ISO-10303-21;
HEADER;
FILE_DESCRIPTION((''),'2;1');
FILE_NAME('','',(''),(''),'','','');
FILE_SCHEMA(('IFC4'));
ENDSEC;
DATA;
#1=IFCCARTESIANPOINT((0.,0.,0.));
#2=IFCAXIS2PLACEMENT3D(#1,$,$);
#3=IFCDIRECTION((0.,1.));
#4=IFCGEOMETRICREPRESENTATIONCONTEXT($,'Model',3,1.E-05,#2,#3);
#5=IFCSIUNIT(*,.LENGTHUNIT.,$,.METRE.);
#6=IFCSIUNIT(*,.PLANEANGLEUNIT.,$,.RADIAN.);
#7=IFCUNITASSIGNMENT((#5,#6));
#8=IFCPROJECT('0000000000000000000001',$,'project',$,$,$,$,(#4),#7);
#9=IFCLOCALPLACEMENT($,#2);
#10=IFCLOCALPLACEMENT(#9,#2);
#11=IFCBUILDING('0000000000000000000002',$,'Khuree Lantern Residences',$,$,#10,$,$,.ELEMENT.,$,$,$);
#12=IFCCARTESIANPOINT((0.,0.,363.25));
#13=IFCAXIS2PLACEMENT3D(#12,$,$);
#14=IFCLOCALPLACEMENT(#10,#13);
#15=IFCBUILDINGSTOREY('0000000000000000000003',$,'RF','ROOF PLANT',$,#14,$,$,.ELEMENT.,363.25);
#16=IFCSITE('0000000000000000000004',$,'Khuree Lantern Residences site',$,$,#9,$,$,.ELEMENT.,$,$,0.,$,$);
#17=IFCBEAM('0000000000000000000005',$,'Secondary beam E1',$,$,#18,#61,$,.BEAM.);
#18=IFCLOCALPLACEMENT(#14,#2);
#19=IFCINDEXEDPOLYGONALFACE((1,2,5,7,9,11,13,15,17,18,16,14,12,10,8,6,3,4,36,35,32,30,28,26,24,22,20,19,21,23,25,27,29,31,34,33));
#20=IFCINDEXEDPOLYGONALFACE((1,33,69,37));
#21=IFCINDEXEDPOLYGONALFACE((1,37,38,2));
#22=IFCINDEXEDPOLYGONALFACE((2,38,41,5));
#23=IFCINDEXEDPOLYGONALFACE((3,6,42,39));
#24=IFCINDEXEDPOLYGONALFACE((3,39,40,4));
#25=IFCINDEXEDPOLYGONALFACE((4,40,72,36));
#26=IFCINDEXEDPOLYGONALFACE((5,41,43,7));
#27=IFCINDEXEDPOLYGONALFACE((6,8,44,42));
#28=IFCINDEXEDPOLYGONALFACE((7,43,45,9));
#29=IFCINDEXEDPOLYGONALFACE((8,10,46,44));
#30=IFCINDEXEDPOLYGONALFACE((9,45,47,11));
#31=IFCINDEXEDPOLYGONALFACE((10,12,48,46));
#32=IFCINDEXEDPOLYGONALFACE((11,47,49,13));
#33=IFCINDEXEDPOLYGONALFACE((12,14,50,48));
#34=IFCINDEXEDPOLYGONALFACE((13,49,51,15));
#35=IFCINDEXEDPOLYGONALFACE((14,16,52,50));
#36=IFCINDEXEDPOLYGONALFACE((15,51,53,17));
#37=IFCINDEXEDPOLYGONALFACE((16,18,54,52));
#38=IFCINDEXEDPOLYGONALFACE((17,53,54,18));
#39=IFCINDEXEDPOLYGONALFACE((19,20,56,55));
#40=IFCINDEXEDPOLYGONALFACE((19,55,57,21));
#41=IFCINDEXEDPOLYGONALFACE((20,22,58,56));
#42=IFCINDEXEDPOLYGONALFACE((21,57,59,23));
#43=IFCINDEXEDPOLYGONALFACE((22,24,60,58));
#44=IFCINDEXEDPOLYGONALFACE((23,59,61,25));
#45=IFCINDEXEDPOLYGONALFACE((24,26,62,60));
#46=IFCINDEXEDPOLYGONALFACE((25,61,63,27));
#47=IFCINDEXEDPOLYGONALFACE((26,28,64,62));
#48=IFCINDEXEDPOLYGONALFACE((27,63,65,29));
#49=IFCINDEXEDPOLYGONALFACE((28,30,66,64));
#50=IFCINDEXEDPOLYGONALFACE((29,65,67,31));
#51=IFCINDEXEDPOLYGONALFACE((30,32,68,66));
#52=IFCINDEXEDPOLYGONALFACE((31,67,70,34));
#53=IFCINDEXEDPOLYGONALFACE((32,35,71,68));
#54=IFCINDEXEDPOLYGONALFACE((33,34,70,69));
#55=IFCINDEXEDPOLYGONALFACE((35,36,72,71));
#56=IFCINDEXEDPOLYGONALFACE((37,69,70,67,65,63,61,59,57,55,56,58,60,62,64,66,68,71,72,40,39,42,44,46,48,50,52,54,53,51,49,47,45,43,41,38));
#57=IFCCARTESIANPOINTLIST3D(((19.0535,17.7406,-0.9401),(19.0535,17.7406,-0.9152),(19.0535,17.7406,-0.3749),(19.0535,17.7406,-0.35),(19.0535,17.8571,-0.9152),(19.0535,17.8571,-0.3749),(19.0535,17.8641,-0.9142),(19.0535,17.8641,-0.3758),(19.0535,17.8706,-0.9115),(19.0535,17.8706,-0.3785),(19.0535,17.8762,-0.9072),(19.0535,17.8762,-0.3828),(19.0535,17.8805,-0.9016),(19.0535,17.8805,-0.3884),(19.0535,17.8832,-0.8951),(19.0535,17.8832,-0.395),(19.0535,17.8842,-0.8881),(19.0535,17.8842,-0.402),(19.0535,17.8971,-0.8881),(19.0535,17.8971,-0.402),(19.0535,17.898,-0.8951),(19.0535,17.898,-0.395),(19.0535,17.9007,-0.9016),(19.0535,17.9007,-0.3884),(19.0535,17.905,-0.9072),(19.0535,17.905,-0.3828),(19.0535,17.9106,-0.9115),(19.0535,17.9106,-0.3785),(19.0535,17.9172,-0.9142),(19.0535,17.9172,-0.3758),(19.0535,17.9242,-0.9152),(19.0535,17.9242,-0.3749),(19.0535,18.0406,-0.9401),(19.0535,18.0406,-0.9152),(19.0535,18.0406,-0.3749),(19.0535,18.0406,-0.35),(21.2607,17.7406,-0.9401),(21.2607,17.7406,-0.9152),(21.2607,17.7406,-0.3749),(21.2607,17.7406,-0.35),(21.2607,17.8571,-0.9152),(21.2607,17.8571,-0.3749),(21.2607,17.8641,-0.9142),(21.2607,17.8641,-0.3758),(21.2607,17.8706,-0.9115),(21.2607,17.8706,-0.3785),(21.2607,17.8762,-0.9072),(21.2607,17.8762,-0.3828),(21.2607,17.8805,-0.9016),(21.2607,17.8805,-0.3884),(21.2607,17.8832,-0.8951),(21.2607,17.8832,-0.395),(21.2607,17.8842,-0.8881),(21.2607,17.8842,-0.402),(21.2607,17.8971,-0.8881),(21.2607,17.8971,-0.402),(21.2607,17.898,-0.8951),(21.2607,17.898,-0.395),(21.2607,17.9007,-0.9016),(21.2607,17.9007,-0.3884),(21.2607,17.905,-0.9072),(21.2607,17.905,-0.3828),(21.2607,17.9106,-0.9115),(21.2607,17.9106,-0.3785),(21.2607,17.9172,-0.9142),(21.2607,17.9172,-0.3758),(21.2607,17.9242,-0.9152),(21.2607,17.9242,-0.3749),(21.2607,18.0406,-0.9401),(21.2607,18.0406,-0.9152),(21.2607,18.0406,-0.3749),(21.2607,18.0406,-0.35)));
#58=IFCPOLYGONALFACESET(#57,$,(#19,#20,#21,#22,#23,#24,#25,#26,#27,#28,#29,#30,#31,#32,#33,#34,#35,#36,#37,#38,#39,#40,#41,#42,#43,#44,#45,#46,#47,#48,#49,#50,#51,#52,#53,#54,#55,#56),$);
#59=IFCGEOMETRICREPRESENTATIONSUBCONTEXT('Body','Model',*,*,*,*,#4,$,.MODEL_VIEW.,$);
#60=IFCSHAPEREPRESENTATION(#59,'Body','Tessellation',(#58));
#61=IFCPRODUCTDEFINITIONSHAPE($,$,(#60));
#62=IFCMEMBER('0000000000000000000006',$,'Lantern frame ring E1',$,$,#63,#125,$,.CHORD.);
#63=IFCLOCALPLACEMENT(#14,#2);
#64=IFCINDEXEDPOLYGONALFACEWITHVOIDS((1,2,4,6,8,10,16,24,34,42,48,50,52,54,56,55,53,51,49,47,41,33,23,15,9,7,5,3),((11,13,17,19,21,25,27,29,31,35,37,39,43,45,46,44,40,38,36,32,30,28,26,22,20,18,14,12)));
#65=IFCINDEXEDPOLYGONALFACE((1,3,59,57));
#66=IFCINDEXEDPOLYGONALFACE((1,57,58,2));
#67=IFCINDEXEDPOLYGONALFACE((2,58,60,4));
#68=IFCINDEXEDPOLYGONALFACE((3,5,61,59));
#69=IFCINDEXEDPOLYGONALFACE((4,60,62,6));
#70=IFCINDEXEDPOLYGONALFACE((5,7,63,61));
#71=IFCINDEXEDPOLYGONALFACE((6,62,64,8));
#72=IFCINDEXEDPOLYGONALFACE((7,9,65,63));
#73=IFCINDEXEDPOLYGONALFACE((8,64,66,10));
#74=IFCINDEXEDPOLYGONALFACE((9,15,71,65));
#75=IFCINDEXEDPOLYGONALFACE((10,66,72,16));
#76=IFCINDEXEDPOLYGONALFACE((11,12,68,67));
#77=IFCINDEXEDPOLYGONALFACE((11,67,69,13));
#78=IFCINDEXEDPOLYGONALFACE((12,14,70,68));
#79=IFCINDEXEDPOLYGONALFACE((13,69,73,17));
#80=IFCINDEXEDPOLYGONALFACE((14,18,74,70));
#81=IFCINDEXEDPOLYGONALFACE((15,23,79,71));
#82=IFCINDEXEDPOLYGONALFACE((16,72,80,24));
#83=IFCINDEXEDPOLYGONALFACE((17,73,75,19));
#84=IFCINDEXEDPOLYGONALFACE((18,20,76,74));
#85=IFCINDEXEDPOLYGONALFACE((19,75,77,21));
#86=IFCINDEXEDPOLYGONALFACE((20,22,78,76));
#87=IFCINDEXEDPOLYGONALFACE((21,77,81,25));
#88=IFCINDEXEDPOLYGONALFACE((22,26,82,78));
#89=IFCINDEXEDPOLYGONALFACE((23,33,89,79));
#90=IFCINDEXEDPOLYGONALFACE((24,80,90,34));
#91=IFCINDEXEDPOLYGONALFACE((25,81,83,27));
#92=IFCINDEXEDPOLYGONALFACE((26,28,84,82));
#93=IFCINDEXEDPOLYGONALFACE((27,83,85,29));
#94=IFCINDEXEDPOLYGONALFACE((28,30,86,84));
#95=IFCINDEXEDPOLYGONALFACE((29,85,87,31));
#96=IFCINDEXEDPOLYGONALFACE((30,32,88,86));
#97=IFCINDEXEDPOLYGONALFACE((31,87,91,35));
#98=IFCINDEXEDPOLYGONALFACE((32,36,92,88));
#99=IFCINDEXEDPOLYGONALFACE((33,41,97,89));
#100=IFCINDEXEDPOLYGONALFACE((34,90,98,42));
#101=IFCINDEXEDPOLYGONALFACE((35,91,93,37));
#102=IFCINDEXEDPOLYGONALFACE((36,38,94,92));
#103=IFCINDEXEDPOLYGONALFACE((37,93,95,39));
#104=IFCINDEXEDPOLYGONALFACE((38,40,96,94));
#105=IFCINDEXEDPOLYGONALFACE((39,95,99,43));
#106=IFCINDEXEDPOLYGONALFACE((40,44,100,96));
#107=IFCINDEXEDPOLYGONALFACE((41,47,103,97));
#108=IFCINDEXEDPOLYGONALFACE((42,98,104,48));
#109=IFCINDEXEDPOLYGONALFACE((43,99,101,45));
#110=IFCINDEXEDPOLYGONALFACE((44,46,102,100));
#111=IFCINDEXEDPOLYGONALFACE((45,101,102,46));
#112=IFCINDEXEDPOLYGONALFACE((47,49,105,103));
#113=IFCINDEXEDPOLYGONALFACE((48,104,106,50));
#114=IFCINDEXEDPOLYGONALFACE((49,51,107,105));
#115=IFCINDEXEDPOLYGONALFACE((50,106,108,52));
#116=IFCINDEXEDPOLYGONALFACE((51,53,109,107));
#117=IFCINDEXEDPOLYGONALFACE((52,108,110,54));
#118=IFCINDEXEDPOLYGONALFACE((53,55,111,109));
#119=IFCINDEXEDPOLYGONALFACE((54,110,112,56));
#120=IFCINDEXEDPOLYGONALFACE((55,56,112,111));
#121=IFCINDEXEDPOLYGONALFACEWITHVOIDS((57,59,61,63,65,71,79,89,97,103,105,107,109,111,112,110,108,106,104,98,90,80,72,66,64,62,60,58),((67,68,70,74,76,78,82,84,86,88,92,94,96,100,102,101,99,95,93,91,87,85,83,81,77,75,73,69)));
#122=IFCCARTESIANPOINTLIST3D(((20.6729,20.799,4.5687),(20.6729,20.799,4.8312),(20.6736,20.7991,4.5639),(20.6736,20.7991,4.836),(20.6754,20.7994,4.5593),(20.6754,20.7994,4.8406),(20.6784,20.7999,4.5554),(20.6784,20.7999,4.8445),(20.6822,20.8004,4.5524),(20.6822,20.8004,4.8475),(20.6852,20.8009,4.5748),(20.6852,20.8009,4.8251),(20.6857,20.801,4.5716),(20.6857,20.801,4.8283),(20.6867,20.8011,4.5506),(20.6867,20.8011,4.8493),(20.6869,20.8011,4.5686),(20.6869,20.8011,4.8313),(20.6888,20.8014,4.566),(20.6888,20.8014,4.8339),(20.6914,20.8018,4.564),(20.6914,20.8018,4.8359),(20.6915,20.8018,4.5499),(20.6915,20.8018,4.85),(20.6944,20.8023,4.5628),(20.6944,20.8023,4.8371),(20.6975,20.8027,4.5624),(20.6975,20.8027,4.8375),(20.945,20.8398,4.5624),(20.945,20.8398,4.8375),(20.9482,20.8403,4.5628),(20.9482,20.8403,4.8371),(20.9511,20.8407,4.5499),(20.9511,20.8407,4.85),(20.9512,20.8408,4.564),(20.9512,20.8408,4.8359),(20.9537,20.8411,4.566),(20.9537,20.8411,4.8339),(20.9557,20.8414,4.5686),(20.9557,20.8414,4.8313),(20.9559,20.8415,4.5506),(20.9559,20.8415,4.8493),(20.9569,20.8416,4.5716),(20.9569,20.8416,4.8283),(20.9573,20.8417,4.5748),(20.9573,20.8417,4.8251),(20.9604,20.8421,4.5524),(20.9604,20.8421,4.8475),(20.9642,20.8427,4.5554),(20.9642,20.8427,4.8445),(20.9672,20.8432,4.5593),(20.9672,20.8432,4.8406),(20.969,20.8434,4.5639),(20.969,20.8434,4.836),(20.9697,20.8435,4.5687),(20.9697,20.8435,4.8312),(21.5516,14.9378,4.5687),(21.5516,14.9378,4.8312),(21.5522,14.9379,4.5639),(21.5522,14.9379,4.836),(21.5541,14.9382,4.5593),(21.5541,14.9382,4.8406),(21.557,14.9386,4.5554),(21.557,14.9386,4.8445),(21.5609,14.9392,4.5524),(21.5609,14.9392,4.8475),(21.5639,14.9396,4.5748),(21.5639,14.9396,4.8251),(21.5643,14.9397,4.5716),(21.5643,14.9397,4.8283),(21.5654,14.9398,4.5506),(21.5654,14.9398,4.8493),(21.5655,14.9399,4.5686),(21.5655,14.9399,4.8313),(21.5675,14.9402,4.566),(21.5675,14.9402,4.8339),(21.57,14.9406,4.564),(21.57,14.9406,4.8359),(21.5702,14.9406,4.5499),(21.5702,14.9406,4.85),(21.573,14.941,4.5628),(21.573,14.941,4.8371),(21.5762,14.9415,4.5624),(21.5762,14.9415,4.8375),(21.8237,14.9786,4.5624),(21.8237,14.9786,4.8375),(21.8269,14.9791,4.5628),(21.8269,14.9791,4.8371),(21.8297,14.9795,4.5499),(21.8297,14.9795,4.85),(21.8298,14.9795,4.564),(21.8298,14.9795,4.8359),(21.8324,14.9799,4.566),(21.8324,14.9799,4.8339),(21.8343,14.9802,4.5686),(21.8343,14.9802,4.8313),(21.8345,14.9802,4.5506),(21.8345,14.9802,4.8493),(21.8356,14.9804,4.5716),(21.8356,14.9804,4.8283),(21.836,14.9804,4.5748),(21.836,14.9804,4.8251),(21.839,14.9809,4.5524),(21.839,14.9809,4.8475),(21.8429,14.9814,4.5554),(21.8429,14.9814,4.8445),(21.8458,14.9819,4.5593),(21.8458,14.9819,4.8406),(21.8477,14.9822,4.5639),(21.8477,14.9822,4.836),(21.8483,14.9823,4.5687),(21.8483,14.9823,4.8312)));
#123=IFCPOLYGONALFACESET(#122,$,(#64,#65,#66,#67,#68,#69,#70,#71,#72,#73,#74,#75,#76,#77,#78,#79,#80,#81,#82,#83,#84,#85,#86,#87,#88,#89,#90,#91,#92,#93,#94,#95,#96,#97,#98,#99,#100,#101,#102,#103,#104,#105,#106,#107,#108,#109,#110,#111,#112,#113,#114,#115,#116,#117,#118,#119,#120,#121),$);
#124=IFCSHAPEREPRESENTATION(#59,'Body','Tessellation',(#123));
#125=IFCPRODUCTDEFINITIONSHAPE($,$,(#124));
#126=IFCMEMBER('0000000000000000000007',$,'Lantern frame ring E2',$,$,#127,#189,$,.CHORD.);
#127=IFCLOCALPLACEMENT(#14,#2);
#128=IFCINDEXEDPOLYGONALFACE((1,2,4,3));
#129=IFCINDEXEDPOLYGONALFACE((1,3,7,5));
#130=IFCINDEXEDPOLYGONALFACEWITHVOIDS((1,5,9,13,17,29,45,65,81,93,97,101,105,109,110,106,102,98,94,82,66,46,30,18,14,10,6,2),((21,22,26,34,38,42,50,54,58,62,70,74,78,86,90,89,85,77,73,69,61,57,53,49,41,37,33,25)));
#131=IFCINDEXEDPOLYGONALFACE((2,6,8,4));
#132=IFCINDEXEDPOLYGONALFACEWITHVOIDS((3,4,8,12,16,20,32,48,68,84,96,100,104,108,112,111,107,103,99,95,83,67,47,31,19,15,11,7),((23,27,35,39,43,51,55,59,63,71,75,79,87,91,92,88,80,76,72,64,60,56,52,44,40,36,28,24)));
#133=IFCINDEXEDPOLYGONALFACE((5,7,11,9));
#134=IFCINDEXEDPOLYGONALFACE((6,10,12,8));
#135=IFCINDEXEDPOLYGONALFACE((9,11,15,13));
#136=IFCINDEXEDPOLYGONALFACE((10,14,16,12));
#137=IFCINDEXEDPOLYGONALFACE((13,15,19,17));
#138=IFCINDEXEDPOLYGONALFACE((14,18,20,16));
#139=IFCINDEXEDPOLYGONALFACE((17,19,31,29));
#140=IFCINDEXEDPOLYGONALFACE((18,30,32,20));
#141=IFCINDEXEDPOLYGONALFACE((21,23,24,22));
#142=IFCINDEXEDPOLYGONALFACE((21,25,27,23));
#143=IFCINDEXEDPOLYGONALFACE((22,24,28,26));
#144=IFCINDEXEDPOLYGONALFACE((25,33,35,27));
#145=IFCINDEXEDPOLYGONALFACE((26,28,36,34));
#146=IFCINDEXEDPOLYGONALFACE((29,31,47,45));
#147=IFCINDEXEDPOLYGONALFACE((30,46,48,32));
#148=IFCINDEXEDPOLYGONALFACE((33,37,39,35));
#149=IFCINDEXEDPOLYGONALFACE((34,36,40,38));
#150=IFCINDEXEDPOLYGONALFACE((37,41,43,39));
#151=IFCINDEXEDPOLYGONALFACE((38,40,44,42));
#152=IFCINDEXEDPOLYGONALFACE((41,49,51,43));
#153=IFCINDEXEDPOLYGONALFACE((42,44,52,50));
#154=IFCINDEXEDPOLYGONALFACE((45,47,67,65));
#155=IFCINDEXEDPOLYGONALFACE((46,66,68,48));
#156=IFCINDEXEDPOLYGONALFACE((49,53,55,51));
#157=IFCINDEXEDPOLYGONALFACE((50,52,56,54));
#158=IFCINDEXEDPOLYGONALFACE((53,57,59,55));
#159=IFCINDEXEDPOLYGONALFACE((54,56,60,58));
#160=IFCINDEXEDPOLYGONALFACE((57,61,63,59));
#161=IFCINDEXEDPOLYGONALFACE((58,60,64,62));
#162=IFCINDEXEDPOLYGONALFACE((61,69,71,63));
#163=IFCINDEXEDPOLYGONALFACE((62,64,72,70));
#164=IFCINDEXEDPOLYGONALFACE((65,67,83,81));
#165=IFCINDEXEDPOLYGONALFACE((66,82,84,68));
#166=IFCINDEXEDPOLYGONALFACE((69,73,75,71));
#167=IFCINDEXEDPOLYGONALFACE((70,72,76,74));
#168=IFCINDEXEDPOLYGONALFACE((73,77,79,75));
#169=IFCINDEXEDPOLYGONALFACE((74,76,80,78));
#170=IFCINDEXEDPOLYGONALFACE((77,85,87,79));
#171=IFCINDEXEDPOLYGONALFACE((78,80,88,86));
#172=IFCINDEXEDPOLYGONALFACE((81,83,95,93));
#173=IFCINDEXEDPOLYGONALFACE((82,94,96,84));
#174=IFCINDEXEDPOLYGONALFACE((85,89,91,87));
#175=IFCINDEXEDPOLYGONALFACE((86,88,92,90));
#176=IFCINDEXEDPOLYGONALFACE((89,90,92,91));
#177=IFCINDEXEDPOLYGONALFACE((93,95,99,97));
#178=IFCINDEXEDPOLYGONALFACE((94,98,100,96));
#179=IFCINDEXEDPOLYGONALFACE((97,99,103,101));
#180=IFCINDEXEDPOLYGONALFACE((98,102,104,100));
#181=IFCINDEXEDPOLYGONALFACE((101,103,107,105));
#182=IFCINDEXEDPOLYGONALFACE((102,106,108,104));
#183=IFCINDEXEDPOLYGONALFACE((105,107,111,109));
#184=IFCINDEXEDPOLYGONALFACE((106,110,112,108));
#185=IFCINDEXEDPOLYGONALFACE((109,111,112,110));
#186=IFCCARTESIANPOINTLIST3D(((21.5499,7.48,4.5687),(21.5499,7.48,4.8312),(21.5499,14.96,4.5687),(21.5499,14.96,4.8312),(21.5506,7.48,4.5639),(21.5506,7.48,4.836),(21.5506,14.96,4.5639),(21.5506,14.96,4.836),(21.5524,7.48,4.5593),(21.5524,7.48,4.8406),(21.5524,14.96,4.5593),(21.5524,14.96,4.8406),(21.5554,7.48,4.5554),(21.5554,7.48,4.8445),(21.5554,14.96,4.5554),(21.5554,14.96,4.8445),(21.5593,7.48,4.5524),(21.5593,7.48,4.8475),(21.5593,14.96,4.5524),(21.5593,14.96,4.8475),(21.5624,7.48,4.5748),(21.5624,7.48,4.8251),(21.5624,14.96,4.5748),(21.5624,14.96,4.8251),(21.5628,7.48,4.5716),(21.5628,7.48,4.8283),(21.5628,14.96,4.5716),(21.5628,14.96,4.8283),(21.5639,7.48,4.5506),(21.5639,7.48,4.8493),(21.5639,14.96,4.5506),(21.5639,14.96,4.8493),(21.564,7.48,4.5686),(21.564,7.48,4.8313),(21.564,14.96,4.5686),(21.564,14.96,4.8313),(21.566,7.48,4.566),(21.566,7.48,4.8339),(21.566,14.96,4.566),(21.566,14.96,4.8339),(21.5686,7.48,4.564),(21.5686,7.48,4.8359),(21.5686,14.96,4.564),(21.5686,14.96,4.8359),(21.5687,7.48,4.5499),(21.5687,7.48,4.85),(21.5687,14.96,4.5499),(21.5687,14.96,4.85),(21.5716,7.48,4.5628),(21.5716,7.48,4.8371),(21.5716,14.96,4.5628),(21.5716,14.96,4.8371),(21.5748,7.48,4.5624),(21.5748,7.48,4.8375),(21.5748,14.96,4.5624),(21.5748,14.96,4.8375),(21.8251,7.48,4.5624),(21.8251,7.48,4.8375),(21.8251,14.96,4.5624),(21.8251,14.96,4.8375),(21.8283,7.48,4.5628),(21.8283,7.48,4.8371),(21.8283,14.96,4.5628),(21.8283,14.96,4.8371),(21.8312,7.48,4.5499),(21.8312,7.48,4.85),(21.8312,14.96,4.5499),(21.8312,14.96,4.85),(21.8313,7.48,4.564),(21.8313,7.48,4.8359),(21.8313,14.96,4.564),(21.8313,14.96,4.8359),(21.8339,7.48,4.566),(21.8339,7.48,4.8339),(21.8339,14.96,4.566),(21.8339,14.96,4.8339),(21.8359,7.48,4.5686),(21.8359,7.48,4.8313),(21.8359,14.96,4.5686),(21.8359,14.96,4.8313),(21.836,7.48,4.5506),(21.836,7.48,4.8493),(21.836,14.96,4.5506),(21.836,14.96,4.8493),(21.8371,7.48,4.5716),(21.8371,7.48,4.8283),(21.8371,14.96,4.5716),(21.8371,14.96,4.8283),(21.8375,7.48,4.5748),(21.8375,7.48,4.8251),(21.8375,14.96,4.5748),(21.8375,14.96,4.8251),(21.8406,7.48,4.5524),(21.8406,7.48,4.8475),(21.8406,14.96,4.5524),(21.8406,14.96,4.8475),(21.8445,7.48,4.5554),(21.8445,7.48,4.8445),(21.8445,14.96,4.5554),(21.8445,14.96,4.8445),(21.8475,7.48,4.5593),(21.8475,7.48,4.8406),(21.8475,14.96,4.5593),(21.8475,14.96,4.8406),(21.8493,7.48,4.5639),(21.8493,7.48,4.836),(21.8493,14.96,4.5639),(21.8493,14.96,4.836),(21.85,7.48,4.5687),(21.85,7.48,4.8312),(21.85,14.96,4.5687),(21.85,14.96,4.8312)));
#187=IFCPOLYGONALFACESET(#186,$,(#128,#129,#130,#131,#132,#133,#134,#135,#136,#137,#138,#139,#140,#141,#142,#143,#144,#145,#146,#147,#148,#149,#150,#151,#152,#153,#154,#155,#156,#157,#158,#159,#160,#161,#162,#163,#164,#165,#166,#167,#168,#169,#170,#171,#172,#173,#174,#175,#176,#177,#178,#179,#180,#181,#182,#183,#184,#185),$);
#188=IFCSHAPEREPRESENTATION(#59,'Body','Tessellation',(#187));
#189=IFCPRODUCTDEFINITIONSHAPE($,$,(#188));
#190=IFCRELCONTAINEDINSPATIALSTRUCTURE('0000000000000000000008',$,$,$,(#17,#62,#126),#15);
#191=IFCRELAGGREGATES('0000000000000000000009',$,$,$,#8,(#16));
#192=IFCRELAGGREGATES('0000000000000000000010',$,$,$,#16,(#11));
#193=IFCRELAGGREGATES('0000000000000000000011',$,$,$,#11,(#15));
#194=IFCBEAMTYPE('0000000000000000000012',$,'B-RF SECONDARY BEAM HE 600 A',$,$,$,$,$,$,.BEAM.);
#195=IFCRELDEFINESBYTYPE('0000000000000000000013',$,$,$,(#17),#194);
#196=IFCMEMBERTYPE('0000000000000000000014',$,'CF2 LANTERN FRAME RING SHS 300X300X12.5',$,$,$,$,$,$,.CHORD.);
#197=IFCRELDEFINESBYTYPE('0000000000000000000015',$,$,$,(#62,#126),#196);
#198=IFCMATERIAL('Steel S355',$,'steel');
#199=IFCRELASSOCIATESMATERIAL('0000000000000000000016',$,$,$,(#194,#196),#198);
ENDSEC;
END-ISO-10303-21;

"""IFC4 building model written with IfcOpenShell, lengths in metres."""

from ifc_helpers import new_model, si_unit, direction, frame, origin, origin_2d, place, context, subcontext, project, spatial, hollow_rectangle, i_section, extrude, material, material_profile, profile_set, type_object, element, save


model = new_model("IFC4")

# Units and contexts
model_context = context("Model", 3, precision=1e-05, world=origin(), true_north=direction((0.0, 1.0)))
body_context = subcontext(model_context, "Body", "Model", "MODEL_VIEW")
ifc_project = project(units=[si_unit("LENGTHUNIT", "METRE"), si_unit("PLANEANGLEUNIT", "RADIAN")], contexts=[model_context])

# Site, building, storey
site_placement = place(None, origin())
site = spatial("IfcSite", under=ifc_project, at=site_placement, Name="Khuree Lantern Residences site", CompositionType="ELEMENT", RefElevation=0.0)
building_placement = place(site_placement, origin())
building = spatial("IfcBuilding", under=site, at=building_placement, Name="Khuree Lantern Residences", CompositionType="ELEMENT")
storey_placement = place(building_placement, frame((0.0, 0.0, 363.25)))
storey = spatial("IfcBuildingStorey", under=building, at=storey_placement, Name="RF", Description="ROOF PLANT", CompositionType="ELEMENT", Elevation=363.25)

# Shared definitions
ifc_material_1 = material(Name="Steel S355", Category="steel")

# Beam
ifc_material_profile_1 = material_profile(ifc_material_1, i_section(OverallWidth=0.3, OverallDepth=0.5901, WebThickness=0.0129, FlangeThickness=0.0249, FilletRadius=0.0271, at=origin_2d()), Name="HE 600 A")
ifc_profile_set_1 = profile_set([ifc_material_profile_1], Name="Steel S355")
beam_type_1 = type_object("IfcBeamType", Name="B-RF SECONDARY BEAM HE 600 A", PredefinedType="BEAM", material=ifc_profile_set_1)
beam_1_placement = place(storey_placement, frame((21.2607, 17.8906, -0.645), z_axis=(-1.0, 0.0, 0.0), x_axis=(0.0, -1.0, 0.0)))
element("IfcBeam", 1, at=beam_1_placement, inside=storey, type_object=beam_type_1, Name="Secondary beam E1", PredefinedType="BEAM", context=body_context, shape_type="SweptSolid", body=[
    extrude(i_section(OverallWidth=0.3, OverallDepth=0.5901, WebThickness=0.0129, FlangeThickness=0.0249, FilletRadius=0.0271, at=origin_2d()), origin(), (0.0, 0.0, 1.0), 2.2073),
])

# Members
ifc_material_profile_2 = material_profile(ifc_material_1, hollow_rectangle(XDim=0.3, YDim=0.3, WallThickness=0.0125, InnerFilletRadius=0.0125, OuterFilletRadius=0.0188, at=origin_2d()), Name="SHS 300X300X12.5")
ifc_profile_set_2 = profile_set([ifc_material_profile_2], Name="Steel S355")
member_type_1 = type_object("IfcMemberType", Name="CF2 LANTERN FRAME RING SHS 300X300X12.5", PredefinedType="CHORD", material=ifc_profile_set_2)
member_1_placement = place(storey_placement, frame((20.8213, 20.8213, 4.7), z_axis=(0.148252, -0.98895, 0.0), x_axis=(0.98895, 0.148252, 0.0)))
element("IfcMember", 2, at=member_1_placement, inside=storey, type_object=member_type_1, Name="Lantern frame ring E1", PredefinedType="CHORD", context=body_context, shape_type="SweptSolid", body=[
    extrude(hollow_rectangle(XDim=0.3, YDim=0.3, WallThickness=0.0125, InnerFilletRadius=0.0125, OuterFilletRadius=0.0188, at=origin_2d()), origin(), (0.0, 0.0, 1.0), 5.9268),
])
member_2_placement = place(storey_placement, frame((21.7, 14.96, 4.7), z_axis=(0.0, -1.0, 0.0), x_axis=(1.0, 0.0, 0.0)))
element("IfcMember", 3, at=member_2_placement, inside=storey, type_object=member_type_1, Name="Lantern frame ring E2", PredefinedType="CHORD", context=body_context, shape_type="SweptSolid", body=[
    extrude(hollow_rectangle(XDim=0.3, YDim=0.3, WallThickness=0.0125, InnerFilletRadius=0.0125, OuterFilletRadius=0.0188, at=origin_2d()), origin(), (0.0, 0.0, 1.0), 7.48),
])

save(model, "model.ifc")
